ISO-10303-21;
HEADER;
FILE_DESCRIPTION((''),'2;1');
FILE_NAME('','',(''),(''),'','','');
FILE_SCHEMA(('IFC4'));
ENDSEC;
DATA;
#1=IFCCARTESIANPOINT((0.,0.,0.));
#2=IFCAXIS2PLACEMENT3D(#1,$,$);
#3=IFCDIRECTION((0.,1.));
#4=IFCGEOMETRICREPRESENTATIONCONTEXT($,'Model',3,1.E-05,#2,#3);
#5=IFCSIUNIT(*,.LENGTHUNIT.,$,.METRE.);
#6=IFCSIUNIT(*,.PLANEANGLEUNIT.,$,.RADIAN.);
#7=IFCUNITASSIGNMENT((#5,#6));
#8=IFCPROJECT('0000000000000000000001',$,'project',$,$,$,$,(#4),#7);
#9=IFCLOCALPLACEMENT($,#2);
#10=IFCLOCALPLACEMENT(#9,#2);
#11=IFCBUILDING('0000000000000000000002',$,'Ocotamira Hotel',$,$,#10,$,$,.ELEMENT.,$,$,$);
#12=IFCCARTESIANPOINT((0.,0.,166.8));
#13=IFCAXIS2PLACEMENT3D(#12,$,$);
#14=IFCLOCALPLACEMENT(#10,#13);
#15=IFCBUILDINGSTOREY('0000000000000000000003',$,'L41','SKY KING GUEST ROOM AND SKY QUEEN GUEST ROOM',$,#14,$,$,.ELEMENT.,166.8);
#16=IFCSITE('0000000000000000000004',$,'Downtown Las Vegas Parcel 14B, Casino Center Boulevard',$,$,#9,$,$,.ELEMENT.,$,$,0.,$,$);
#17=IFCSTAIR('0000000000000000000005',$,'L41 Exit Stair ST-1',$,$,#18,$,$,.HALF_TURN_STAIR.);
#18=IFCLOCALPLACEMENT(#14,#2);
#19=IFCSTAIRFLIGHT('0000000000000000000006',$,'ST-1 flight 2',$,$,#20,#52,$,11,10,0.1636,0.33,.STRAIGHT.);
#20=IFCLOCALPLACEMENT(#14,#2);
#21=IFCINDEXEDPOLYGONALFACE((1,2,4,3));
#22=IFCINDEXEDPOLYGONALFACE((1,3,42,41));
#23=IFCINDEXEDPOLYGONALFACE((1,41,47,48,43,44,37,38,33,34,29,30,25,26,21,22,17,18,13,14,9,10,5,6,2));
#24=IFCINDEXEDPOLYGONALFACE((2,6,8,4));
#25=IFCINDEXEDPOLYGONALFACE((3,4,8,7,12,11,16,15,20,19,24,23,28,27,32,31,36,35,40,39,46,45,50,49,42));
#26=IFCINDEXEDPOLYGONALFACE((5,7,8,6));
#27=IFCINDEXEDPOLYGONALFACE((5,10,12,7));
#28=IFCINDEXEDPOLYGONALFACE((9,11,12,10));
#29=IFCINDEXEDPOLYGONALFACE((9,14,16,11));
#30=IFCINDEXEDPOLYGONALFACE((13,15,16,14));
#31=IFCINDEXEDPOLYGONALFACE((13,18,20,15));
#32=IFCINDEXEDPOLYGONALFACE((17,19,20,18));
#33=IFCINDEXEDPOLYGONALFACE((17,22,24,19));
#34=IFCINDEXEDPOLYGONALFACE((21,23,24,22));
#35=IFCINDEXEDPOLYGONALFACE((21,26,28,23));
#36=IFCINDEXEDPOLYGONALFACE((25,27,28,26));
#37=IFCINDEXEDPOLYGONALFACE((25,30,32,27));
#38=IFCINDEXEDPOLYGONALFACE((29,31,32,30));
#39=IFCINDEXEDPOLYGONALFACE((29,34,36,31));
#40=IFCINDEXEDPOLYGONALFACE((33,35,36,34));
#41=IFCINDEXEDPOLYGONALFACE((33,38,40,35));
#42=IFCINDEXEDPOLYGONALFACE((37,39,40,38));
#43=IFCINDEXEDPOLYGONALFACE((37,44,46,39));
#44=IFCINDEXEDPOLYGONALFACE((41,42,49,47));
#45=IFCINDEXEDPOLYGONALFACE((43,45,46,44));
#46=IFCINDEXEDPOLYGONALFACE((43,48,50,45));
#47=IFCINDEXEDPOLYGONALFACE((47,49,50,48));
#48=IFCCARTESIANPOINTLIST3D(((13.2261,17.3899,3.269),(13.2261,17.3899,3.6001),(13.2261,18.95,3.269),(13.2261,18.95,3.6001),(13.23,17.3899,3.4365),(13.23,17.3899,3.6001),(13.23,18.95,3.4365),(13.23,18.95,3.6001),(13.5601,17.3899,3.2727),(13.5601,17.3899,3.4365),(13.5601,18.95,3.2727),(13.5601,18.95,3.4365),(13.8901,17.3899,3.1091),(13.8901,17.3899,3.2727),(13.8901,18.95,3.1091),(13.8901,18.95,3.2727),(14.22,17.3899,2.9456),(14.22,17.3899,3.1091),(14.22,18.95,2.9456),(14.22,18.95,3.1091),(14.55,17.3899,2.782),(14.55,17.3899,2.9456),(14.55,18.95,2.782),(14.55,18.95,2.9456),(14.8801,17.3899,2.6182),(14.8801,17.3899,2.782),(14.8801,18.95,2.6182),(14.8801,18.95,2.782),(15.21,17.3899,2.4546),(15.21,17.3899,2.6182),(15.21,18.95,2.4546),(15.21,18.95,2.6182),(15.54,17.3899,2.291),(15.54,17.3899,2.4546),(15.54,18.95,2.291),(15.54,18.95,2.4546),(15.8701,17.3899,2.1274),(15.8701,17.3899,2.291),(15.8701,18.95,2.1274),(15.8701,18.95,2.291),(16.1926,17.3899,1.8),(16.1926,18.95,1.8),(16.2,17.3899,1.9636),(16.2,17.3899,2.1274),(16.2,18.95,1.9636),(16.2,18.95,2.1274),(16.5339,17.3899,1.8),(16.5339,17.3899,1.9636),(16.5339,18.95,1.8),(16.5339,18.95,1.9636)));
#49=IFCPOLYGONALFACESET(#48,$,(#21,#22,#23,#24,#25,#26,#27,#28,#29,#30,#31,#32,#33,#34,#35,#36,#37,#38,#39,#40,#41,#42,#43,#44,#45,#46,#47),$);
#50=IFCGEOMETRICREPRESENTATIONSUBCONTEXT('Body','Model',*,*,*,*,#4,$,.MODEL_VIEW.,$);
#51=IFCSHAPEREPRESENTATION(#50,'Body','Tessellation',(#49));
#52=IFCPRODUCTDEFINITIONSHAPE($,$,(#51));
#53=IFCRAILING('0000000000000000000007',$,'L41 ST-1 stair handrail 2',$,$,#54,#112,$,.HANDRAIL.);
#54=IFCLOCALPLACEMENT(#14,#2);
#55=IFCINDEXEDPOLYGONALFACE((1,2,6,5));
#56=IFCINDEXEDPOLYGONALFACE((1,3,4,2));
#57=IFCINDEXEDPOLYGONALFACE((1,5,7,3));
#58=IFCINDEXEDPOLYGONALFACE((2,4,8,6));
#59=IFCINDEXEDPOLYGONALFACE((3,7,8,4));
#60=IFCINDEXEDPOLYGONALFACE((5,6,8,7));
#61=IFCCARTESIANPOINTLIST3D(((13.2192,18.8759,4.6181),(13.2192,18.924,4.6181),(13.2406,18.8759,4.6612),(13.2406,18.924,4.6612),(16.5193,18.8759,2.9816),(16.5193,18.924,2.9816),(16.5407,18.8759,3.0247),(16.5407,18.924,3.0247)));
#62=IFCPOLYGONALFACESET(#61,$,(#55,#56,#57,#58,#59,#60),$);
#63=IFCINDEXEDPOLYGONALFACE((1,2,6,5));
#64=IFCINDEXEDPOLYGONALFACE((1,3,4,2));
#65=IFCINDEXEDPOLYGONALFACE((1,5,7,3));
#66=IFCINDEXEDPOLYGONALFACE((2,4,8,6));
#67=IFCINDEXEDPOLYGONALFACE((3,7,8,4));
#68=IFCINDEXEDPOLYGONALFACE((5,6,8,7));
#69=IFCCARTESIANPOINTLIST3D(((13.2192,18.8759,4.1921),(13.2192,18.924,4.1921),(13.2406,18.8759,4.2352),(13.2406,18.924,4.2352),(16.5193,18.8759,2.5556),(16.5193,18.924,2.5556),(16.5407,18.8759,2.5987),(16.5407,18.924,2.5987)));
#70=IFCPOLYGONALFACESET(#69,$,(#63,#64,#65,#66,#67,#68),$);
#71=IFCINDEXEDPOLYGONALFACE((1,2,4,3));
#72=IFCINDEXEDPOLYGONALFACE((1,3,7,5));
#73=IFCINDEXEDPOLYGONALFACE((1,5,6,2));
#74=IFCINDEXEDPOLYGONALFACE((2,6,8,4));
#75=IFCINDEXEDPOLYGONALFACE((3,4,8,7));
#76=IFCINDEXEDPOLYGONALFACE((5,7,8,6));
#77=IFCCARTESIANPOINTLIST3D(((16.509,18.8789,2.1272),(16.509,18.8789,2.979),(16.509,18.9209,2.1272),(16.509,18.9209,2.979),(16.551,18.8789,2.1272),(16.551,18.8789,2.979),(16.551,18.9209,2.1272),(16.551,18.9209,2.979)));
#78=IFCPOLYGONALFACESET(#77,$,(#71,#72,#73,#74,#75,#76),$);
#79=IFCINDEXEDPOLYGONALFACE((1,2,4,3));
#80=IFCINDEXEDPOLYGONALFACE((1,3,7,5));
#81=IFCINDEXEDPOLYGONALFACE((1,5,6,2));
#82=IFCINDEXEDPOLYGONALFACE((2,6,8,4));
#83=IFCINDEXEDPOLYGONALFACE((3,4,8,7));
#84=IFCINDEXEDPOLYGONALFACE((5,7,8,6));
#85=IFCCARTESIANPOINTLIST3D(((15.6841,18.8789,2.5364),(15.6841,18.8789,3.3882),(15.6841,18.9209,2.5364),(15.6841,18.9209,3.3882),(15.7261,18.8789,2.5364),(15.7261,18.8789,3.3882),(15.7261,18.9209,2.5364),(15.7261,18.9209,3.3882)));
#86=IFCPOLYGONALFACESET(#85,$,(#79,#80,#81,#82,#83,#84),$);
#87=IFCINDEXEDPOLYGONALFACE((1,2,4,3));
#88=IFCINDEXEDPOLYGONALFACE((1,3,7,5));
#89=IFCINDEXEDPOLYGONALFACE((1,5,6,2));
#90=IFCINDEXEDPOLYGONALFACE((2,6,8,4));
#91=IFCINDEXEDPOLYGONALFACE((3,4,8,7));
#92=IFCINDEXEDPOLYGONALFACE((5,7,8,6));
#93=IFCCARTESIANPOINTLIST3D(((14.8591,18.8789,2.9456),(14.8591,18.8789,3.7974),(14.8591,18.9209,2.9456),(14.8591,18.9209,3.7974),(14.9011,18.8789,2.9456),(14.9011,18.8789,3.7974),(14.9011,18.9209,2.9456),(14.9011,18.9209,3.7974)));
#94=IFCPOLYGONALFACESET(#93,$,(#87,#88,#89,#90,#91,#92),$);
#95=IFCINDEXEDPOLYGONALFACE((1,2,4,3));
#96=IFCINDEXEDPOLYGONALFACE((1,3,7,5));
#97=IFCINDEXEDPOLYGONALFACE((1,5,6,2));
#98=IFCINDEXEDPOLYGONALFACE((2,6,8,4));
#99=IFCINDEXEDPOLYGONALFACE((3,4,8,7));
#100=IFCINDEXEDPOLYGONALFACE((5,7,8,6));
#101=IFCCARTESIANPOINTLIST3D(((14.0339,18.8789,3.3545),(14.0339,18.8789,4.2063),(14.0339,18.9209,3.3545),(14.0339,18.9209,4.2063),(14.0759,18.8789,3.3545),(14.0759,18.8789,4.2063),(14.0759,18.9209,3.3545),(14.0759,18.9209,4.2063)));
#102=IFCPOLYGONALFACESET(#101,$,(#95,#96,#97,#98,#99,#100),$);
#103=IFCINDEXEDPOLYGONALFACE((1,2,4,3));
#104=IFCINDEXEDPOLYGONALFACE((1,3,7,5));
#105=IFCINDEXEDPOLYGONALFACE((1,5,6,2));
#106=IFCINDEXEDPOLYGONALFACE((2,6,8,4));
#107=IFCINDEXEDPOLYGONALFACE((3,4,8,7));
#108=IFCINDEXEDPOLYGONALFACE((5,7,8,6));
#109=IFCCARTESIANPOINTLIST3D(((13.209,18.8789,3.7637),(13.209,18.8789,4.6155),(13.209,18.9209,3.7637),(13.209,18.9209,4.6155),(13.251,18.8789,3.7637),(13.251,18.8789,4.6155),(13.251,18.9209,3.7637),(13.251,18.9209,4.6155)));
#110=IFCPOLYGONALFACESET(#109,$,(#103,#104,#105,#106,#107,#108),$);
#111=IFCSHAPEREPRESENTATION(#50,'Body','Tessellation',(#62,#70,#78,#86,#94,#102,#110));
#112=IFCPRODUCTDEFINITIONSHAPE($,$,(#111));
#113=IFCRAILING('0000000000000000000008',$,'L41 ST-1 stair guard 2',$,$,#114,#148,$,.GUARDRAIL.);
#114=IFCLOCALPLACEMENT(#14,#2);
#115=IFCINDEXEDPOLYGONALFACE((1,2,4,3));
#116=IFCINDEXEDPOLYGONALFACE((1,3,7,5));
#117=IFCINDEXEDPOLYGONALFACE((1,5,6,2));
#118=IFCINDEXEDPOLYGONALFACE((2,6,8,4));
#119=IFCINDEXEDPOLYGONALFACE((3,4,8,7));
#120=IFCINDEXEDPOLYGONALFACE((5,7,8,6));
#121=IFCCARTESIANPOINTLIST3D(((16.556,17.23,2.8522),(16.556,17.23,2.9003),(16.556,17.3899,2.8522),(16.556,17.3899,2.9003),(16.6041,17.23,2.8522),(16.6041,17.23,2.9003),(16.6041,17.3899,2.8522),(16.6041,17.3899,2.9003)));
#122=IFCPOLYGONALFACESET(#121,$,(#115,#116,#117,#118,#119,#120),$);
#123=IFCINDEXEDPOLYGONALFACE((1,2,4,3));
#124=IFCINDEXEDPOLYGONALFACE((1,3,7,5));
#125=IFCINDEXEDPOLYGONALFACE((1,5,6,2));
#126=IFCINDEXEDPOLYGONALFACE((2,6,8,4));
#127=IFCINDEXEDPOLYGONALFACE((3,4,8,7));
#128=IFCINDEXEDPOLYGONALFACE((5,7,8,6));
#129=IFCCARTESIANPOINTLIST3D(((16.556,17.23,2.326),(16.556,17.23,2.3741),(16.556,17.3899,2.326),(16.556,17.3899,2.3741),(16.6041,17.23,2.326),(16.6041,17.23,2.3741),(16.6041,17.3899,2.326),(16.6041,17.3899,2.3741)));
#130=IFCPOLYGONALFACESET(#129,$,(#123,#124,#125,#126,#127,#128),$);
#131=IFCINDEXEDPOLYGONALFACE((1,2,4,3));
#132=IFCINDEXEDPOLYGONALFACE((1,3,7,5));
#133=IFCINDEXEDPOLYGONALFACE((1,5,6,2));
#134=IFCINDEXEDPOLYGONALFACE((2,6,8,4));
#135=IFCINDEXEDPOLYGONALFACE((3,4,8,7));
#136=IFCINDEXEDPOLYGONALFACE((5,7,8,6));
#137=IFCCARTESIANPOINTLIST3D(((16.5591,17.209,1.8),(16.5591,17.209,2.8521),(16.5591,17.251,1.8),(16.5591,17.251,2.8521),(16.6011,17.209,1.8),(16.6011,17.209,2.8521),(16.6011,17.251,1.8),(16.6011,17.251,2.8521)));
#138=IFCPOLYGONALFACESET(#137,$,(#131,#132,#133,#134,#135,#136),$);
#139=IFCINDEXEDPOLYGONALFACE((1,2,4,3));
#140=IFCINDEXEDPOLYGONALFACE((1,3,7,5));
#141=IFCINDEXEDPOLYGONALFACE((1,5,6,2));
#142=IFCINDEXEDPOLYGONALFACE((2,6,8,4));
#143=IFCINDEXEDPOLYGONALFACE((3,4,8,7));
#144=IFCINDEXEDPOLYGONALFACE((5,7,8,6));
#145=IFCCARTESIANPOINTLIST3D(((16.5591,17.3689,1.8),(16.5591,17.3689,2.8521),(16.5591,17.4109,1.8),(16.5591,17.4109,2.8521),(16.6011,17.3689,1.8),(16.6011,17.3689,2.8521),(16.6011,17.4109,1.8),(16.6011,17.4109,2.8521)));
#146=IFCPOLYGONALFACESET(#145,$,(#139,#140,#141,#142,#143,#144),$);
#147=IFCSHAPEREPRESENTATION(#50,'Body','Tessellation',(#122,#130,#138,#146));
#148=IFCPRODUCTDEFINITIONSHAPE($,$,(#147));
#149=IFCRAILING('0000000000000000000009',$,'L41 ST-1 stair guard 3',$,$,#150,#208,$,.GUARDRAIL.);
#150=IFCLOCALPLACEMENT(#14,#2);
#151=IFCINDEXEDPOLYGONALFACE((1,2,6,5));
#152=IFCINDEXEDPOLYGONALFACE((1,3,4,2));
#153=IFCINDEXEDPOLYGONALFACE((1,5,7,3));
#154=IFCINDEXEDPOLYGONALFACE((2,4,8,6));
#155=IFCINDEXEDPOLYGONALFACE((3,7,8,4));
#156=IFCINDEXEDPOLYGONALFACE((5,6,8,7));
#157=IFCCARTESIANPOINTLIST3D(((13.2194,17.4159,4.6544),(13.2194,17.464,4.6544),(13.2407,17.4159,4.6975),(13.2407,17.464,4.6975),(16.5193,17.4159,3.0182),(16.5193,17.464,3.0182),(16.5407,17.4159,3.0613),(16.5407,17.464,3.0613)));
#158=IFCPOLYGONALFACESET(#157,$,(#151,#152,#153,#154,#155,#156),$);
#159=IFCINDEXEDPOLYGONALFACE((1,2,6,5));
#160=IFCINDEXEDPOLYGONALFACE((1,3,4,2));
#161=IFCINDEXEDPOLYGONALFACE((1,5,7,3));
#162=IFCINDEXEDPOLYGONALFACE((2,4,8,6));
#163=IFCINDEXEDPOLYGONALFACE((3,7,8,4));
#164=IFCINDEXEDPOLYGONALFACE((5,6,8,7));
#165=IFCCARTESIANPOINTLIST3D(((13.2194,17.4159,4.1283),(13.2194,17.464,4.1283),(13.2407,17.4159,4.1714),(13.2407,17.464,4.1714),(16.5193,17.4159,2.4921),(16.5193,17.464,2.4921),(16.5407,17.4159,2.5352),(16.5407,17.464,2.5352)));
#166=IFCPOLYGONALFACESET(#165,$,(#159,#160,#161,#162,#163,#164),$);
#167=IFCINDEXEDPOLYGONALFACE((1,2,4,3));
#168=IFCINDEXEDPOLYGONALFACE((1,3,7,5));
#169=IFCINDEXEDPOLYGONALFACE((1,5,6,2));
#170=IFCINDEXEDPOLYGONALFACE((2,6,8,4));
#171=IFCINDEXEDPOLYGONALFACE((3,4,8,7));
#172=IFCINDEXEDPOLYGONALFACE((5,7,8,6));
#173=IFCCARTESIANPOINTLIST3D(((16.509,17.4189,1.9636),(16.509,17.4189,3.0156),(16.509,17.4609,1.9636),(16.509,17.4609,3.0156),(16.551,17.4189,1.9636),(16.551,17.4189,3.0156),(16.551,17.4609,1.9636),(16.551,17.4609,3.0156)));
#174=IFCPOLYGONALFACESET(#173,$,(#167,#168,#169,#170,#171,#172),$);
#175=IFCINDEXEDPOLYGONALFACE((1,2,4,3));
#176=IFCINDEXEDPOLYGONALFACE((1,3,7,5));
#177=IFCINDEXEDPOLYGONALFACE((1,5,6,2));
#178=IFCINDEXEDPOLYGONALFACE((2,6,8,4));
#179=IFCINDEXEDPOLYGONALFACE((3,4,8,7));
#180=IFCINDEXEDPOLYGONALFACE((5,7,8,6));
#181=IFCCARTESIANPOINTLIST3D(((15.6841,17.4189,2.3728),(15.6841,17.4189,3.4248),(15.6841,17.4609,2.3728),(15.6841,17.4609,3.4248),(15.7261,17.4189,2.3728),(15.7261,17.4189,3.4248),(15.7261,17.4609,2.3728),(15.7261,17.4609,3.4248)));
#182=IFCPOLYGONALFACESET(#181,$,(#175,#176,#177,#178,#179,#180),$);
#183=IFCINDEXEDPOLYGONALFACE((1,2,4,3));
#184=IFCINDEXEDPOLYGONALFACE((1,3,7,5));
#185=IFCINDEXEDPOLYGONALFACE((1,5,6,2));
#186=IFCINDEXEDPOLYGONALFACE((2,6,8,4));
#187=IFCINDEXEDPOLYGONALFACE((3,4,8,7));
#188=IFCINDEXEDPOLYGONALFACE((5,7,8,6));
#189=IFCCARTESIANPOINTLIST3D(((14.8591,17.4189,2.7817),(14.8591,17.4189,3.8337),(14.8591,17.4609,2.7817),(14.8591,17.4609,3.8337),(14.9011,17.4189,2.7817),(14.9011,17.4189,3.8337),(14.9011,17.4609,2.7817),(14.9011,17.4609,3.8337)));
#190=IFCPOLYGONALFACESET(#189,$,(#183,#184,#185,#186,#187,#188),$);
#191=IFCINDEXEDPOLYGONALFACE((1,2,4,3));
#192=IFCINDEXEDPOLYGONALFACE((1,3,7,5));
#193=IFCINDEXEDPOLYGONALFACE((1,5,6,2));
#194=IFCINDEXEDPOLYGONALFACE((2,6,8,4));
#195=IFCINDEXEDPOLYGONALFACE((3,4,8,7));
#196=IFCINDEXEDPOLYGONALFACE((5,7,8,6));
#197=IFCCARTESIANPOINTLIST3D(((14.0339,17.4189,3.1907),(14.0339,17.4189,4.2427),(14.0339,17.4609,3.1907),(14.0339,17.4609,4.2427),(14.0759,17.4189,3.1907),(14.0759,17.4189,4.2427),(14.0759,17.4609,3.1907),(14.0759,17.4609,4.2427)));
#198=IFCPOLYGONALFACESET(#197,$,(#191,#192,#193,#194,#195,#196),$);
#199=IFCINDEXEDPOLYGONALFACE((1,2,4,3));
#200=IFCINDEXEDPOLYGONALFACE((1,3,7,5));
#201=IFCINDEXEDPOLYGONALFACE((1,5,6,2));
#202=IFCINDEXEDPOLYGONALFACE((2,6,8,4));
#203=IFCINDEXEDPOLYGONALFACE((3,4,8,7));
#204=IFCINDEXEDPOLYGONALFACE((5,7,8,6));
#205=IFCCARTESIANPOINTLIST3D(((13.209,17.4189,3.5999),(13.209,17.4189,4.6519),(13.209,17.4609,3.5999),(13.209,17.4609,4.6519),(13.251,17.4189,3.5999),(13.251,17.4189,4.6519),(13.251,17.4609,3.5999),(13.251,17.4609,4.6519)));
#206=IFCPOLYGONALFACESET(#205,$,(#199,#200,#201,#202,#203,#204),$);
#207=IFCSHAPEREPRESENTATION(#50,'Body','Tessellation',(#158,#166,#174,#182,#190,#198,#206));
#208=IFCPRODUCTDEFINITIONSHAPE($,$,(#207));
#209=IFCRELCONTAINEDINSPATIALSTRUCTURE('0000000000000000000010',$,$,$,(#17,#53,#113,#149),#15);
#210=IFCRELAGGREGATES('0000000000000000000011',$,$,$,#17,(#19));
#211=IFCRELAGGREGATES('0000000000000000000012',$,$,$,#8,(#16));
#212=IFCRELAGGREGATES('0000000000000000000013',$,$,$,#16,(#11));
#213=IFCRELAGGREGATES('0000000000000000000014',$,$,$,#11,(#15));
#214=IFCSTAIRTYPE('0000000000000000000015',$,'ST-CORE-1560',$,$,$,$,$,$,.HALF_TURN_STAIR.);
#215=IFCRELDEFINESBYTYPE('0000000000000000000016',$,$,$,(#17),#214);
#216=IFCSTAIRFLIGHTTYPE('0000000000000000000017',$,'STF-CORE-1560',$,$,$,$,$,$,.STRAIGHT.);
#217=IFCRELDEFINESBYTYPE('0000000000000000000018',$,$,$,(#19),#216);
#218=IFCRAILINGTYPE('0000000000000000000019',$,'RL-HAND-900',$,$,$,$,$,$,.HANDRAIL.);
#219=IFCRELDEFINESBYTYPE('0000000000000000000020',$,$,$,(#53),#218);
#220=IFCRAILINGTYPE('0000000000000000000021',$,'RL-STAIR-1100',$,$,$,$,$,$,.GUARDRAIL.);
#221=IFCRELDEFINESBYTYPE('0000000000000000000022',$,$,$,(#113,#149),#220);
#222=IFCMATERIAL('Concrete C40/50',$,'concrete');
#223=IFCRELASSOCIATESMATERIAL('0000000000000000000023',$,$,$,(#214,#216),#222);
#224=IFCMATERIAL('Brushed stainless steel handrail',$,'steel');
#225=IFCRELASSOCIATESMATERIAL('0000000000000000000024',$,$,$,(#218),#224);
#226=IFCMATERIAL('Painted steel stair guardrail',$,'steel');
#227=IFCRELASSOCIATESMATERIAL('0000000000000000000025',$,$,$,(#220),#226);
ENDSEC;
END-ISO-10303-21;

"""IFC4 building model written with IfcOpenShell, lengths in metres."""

from ifc_helpers import new_model, si_unit, direction, frame, origin, origin_2d, place, context, subcontext, project, spatial, polyline, rectangle, outline, extrude, source, transform, mapped, material, type_object, element, aggregate, save


model = new_model("IFC4")

# Units and contexts
model_context = context("Model", 3, precision=1e-05, world=origin(), true_north=direction((0.0, 1.0)))
body_context = subcontext(model_context, "Body", "Model", "MODEL_VIEW")
ifc_project = project(units=[si_unit("LENGTHUNIT", "METRE"), si_unit("PLANEANGLEUNIT", "RADIAN")], contexts=[model_context])

# Site, building, storey
site_placement = place(None, origin())
site = spatial("IfcSite", under=ifc_project, at=site_placement, Name="Downtown Las Vegas Parcel 14B, Casino Center Boulevard", CompositionType="ELEMENT", RefElevation=0.0)
building_placement = place(site_placement, origin())
building = spatial("IfcBuilding", under=site, at=building_placement, Name="Ocotamira Hotel", CompositionType="ELEMENT")
storey_placement = place(building_placement, frame((0.0, 0.0, 166.8)))
storey = spatial("IfcBuildingStorey", under=building, at=storey_placement, Name="L41", Description="SKY KING GUEST ROOM AND SKY QUEEN GUEST ROOM", CompositionType="ELEMENT", Elevation=166.8)

# Stair, stair flight
ifc_material_1 = material(Name="Concrete C40/50", Category="concrete")
stair_type = type_object("IfcStairType", Name="ST-CORE-1560", PredefinedType="HALF_TURN_STAIR", material=ifc_material_1)
stair_placement = place(storey_placement, origin())
stair = element("IfcStair", 1, at=stair_placement, inside=storey, type_object=stair_type, Name="L41 Exit Stair ST-1", PredefinedType="HALF_TURN_STAIR")
stair_flight_type = type_object("IfcStairFlightType", Name="STF-CORE-1560", PredefinedType="STRAIGHT", material=ifc_material_1)
shared_shape_1 = source(origin(), body_context, "Body", "SweptSolid", [
    extrude(outline(polyline([(-0.0039, 0.0), (-0.0039, 0.1636), (0.3301, 0.1636), (0.3301, 0.3274), (0.6599, 0.3274), (0.6599, 0.491), (0.99, 0.491), (0.99, 0.6545), (1.3201, 0.6545), (1.3201, 0.8181), (1.6499, 0.8181), (1.6499, 0.9819), (1.98, 0.9819), (1.98, 1.1455), (2.3101, 1.1455), (2.3101, 1.3091), (2.6399, 1.3091), (2.6399, 1.4727), (2.97, 1.4727), (2.97, 1.6365), (3.3, 1.6365), (3.3, 1.8), (3.304, 1.8), (3.304, 1.469), (0.3374, 0.0), (-0.0039, 0.0)])), frame((0.0, 0.78, 0.0), z_axis=(0.0, -1.0, 0.0), x_axis=(1.0, 0.0, 0.0)), (0.0, 0.0, 1.0), 1.5601),
])
stair_flight_placement = place(storey_placement, frame((16.53, 18.1699, 1.8), z_axis=(0.0, 0.0, 1.0), x_axis=(-1.0, 0.0, 0.0)))
stair_flight = element("IfcStairFlight", 2, at=stair_flight_placement, type_object=stair_flight_type, Name="ST-1 flight 2", NumberOfRisers=11, NumberOfTreads=10, PredefinedType="STRAIGHT", RiserHeight=0.1636, TreadLength=0.33, context=body_context, shape_type="MappedRepresentation", body=[
    mapped(shared_shape_1, transform((0.0, 0.0, 0.0), scale=1.0)),
])
aggregate(stair, [stair_flight])

# Railings
ifc_material_2 = material(Name="Brushed stainless steel handrail", Category="steel")
railing_type_1 = type_object("IfcRailingType", Name="RL-HAND-900", PredefinedType="HANDRAIL", material=ifc_material_2)
railing_1_placement = place(storey_placement, frame((16.53, 18.8999, 2.1272)))
element("IfcRailing", 3, at=railing_1_placement, inside=storey, type_object=railing_type_1, Name="L41 ST-1 stair handrail 2", PredefinedType="HANDRAIL", context=body_context, shape_type="SweptSolid", body=[
    extrude(rectangle(XDim=0.0481, YDim=0.0481, at=origin_2d()), frame((0.0, 0.0, 0.876), z_axis=(-0.895894, 0.0, 0.444268), x_axis=(0.0, -1.0, 0.0)), (0.0, 0.0, 1.0), 3.6836),
    extrude(rectangle(XDim=0.0481, YDim=0.0481, at=origin_2d()), frame((0.0, 0.0, 0.45), z_axis=(-0.895894, 0.0, 0.444268), x_axis=(0.0, -1.0, 0.0)), (0.0, 0.0, 1.0), 3.6836),
    extrude(rectangle(XDim=0.042, YDim=0.042, at=origin_2d()), origin(), (0.0, 0.0, 1.0), 0.8518),
    extrude(rectangle(XDim=0.042, YDim=0.042, at=origin_2d()), frame((-0.825, 0.0, 0.4092)), (0.0, 0.0, 1.0), 0.8518),
    extrude(rectangle(XDim=0.042, YDim=0.042, at=origin_2d()), frame((-1.6499, 0.0, 0.8184)), (0.0, 0.0, 1.0), 0.8518),
    extrude(rectangle(XDim=0.042, YDim=0.042, at=origin_2d()), frame((-2.4751, 0.0, 1.2273)), (0.0, 0.0, 1.0), 0.8518),
    extrude(rectangle(XDim=0.042, YDim=0.042, at=origin_2d()), frame((-3.3, 0.0, 1.6365)), (0.0, 0.0, 1.0), 0.8518),
])
ifc_material_3 = material(Name="Painted steel stair guardrail", Category="steel")
railing_type_2 = type_object("IfcRailingType", Name="RL-STAIR-1100", PredefinedType="GUARDRAIL", material=ifc_material_3)
railing_2_placement = place(storey_placement, frame((16.5801, 17.23, 1.8)))
element("IfcRailing", 4, at=railing_2_placement, inside=storey, type_object=railing_type_2, Name="L41 ST-1 stair guard 2", PredefinedType="GUARDRAIL", context=body_context, shape_type="SweptSolid", body=[
    extrude(rectangle(XDim=0.0481, YDim=0.0481, at=origin_2d()), frame((0.0, 0.0, 1.0762), z_axis=(0.0, 1.0, 0.0), x_axis=(-1.0, 0.0, 0.0)), (0.0, 0.0, 1.0), 0.1599),
    extrude(rectangle(XDim=0.0481, YDim=0.0481, at=origin_2d()), frame((0.0, 0.0, 0.55), z_axis=(0.0, 1.0, 0.0), x_axis=(-1.0, 0.0, 0.0)), (0.0, 0.0, 1.0), 0.1599),
    extrude(rectangle(XDim=0.042, YDim=0.042, at=origin_2d()), origin(), (0.0, 0.0, 1.0), 1.052),
    extrude(rectangle(XDim=0.042, YDim=0.042, at=origin_2d()), frame((0.0, 0.1599, 0.0)), (0.0, 0.0, 1.0), 1.052),
])
railing_3_placement = place(storey_placement, frame((16.53, 17.4399, 1.9636)))
element("IfcRailing", 5, at=railing_3_placement, inside=storey, type_object=railing_type_2, Name="L41 ST-1 stair guard 3", PredefinedType="GUARDRAIL", context=body_context, shape_type="SweptSolid", body=[
    extrude(rectangle(XDim=0.0481, YDim=0.0481, at=origin_2d()), frame((0.0, 0.0, 1.0762), z_axis=(-0.89592, 0.0, 0.444215), x_axis=(0.0, -1.0, 0.0)), (0.0, 0.0, 1.0), 3.6833),
    extrude(rectangle(XDim=0.0481, YDim=0.0481, at=origin_2d()), frame((0.0, 0.0, 0.55), z_axis=(-0.89592, 0.0, 0.444215), x_axis=(0.0, -1.0, 0.0)), (0.0, 0.0, 1.0), 3.6833),
    extrude(rectangle(XDim=0.042, YDim=0.042, at=origin_2d()), origin(), (0.0, 0.0, 1.0), 1.052),
    extrude(rectangle(XDim=0.042, YDim=0.042, at=origin_2d()), frame((-0.825, 0.0, 0.4092)), (0.0, 0.0, 1.0), 1.052),
    extrude(rectangle(XDim=0.042, YDim=0.042, at=origin_2d()), frame((-1.6499, 0.0, 0.8181)), (0.0, 0.0, 1.0), 1.052),
    extrude(rectangle(XDim=0.042, YDim=0.042, at=origin_2d()), frame((-2.4751, 0.0, 1.2271)), (0.0, 0.0, 1.0), 1.052),
    extrude(rectangle(XDim=0.042, YDim=0.042, at=origin_2d()), frame((-3.3, 0.0, 1.6362)), (0.0, 0.0, 1.0), 1.052),
])

save(model, "model.ifc")
